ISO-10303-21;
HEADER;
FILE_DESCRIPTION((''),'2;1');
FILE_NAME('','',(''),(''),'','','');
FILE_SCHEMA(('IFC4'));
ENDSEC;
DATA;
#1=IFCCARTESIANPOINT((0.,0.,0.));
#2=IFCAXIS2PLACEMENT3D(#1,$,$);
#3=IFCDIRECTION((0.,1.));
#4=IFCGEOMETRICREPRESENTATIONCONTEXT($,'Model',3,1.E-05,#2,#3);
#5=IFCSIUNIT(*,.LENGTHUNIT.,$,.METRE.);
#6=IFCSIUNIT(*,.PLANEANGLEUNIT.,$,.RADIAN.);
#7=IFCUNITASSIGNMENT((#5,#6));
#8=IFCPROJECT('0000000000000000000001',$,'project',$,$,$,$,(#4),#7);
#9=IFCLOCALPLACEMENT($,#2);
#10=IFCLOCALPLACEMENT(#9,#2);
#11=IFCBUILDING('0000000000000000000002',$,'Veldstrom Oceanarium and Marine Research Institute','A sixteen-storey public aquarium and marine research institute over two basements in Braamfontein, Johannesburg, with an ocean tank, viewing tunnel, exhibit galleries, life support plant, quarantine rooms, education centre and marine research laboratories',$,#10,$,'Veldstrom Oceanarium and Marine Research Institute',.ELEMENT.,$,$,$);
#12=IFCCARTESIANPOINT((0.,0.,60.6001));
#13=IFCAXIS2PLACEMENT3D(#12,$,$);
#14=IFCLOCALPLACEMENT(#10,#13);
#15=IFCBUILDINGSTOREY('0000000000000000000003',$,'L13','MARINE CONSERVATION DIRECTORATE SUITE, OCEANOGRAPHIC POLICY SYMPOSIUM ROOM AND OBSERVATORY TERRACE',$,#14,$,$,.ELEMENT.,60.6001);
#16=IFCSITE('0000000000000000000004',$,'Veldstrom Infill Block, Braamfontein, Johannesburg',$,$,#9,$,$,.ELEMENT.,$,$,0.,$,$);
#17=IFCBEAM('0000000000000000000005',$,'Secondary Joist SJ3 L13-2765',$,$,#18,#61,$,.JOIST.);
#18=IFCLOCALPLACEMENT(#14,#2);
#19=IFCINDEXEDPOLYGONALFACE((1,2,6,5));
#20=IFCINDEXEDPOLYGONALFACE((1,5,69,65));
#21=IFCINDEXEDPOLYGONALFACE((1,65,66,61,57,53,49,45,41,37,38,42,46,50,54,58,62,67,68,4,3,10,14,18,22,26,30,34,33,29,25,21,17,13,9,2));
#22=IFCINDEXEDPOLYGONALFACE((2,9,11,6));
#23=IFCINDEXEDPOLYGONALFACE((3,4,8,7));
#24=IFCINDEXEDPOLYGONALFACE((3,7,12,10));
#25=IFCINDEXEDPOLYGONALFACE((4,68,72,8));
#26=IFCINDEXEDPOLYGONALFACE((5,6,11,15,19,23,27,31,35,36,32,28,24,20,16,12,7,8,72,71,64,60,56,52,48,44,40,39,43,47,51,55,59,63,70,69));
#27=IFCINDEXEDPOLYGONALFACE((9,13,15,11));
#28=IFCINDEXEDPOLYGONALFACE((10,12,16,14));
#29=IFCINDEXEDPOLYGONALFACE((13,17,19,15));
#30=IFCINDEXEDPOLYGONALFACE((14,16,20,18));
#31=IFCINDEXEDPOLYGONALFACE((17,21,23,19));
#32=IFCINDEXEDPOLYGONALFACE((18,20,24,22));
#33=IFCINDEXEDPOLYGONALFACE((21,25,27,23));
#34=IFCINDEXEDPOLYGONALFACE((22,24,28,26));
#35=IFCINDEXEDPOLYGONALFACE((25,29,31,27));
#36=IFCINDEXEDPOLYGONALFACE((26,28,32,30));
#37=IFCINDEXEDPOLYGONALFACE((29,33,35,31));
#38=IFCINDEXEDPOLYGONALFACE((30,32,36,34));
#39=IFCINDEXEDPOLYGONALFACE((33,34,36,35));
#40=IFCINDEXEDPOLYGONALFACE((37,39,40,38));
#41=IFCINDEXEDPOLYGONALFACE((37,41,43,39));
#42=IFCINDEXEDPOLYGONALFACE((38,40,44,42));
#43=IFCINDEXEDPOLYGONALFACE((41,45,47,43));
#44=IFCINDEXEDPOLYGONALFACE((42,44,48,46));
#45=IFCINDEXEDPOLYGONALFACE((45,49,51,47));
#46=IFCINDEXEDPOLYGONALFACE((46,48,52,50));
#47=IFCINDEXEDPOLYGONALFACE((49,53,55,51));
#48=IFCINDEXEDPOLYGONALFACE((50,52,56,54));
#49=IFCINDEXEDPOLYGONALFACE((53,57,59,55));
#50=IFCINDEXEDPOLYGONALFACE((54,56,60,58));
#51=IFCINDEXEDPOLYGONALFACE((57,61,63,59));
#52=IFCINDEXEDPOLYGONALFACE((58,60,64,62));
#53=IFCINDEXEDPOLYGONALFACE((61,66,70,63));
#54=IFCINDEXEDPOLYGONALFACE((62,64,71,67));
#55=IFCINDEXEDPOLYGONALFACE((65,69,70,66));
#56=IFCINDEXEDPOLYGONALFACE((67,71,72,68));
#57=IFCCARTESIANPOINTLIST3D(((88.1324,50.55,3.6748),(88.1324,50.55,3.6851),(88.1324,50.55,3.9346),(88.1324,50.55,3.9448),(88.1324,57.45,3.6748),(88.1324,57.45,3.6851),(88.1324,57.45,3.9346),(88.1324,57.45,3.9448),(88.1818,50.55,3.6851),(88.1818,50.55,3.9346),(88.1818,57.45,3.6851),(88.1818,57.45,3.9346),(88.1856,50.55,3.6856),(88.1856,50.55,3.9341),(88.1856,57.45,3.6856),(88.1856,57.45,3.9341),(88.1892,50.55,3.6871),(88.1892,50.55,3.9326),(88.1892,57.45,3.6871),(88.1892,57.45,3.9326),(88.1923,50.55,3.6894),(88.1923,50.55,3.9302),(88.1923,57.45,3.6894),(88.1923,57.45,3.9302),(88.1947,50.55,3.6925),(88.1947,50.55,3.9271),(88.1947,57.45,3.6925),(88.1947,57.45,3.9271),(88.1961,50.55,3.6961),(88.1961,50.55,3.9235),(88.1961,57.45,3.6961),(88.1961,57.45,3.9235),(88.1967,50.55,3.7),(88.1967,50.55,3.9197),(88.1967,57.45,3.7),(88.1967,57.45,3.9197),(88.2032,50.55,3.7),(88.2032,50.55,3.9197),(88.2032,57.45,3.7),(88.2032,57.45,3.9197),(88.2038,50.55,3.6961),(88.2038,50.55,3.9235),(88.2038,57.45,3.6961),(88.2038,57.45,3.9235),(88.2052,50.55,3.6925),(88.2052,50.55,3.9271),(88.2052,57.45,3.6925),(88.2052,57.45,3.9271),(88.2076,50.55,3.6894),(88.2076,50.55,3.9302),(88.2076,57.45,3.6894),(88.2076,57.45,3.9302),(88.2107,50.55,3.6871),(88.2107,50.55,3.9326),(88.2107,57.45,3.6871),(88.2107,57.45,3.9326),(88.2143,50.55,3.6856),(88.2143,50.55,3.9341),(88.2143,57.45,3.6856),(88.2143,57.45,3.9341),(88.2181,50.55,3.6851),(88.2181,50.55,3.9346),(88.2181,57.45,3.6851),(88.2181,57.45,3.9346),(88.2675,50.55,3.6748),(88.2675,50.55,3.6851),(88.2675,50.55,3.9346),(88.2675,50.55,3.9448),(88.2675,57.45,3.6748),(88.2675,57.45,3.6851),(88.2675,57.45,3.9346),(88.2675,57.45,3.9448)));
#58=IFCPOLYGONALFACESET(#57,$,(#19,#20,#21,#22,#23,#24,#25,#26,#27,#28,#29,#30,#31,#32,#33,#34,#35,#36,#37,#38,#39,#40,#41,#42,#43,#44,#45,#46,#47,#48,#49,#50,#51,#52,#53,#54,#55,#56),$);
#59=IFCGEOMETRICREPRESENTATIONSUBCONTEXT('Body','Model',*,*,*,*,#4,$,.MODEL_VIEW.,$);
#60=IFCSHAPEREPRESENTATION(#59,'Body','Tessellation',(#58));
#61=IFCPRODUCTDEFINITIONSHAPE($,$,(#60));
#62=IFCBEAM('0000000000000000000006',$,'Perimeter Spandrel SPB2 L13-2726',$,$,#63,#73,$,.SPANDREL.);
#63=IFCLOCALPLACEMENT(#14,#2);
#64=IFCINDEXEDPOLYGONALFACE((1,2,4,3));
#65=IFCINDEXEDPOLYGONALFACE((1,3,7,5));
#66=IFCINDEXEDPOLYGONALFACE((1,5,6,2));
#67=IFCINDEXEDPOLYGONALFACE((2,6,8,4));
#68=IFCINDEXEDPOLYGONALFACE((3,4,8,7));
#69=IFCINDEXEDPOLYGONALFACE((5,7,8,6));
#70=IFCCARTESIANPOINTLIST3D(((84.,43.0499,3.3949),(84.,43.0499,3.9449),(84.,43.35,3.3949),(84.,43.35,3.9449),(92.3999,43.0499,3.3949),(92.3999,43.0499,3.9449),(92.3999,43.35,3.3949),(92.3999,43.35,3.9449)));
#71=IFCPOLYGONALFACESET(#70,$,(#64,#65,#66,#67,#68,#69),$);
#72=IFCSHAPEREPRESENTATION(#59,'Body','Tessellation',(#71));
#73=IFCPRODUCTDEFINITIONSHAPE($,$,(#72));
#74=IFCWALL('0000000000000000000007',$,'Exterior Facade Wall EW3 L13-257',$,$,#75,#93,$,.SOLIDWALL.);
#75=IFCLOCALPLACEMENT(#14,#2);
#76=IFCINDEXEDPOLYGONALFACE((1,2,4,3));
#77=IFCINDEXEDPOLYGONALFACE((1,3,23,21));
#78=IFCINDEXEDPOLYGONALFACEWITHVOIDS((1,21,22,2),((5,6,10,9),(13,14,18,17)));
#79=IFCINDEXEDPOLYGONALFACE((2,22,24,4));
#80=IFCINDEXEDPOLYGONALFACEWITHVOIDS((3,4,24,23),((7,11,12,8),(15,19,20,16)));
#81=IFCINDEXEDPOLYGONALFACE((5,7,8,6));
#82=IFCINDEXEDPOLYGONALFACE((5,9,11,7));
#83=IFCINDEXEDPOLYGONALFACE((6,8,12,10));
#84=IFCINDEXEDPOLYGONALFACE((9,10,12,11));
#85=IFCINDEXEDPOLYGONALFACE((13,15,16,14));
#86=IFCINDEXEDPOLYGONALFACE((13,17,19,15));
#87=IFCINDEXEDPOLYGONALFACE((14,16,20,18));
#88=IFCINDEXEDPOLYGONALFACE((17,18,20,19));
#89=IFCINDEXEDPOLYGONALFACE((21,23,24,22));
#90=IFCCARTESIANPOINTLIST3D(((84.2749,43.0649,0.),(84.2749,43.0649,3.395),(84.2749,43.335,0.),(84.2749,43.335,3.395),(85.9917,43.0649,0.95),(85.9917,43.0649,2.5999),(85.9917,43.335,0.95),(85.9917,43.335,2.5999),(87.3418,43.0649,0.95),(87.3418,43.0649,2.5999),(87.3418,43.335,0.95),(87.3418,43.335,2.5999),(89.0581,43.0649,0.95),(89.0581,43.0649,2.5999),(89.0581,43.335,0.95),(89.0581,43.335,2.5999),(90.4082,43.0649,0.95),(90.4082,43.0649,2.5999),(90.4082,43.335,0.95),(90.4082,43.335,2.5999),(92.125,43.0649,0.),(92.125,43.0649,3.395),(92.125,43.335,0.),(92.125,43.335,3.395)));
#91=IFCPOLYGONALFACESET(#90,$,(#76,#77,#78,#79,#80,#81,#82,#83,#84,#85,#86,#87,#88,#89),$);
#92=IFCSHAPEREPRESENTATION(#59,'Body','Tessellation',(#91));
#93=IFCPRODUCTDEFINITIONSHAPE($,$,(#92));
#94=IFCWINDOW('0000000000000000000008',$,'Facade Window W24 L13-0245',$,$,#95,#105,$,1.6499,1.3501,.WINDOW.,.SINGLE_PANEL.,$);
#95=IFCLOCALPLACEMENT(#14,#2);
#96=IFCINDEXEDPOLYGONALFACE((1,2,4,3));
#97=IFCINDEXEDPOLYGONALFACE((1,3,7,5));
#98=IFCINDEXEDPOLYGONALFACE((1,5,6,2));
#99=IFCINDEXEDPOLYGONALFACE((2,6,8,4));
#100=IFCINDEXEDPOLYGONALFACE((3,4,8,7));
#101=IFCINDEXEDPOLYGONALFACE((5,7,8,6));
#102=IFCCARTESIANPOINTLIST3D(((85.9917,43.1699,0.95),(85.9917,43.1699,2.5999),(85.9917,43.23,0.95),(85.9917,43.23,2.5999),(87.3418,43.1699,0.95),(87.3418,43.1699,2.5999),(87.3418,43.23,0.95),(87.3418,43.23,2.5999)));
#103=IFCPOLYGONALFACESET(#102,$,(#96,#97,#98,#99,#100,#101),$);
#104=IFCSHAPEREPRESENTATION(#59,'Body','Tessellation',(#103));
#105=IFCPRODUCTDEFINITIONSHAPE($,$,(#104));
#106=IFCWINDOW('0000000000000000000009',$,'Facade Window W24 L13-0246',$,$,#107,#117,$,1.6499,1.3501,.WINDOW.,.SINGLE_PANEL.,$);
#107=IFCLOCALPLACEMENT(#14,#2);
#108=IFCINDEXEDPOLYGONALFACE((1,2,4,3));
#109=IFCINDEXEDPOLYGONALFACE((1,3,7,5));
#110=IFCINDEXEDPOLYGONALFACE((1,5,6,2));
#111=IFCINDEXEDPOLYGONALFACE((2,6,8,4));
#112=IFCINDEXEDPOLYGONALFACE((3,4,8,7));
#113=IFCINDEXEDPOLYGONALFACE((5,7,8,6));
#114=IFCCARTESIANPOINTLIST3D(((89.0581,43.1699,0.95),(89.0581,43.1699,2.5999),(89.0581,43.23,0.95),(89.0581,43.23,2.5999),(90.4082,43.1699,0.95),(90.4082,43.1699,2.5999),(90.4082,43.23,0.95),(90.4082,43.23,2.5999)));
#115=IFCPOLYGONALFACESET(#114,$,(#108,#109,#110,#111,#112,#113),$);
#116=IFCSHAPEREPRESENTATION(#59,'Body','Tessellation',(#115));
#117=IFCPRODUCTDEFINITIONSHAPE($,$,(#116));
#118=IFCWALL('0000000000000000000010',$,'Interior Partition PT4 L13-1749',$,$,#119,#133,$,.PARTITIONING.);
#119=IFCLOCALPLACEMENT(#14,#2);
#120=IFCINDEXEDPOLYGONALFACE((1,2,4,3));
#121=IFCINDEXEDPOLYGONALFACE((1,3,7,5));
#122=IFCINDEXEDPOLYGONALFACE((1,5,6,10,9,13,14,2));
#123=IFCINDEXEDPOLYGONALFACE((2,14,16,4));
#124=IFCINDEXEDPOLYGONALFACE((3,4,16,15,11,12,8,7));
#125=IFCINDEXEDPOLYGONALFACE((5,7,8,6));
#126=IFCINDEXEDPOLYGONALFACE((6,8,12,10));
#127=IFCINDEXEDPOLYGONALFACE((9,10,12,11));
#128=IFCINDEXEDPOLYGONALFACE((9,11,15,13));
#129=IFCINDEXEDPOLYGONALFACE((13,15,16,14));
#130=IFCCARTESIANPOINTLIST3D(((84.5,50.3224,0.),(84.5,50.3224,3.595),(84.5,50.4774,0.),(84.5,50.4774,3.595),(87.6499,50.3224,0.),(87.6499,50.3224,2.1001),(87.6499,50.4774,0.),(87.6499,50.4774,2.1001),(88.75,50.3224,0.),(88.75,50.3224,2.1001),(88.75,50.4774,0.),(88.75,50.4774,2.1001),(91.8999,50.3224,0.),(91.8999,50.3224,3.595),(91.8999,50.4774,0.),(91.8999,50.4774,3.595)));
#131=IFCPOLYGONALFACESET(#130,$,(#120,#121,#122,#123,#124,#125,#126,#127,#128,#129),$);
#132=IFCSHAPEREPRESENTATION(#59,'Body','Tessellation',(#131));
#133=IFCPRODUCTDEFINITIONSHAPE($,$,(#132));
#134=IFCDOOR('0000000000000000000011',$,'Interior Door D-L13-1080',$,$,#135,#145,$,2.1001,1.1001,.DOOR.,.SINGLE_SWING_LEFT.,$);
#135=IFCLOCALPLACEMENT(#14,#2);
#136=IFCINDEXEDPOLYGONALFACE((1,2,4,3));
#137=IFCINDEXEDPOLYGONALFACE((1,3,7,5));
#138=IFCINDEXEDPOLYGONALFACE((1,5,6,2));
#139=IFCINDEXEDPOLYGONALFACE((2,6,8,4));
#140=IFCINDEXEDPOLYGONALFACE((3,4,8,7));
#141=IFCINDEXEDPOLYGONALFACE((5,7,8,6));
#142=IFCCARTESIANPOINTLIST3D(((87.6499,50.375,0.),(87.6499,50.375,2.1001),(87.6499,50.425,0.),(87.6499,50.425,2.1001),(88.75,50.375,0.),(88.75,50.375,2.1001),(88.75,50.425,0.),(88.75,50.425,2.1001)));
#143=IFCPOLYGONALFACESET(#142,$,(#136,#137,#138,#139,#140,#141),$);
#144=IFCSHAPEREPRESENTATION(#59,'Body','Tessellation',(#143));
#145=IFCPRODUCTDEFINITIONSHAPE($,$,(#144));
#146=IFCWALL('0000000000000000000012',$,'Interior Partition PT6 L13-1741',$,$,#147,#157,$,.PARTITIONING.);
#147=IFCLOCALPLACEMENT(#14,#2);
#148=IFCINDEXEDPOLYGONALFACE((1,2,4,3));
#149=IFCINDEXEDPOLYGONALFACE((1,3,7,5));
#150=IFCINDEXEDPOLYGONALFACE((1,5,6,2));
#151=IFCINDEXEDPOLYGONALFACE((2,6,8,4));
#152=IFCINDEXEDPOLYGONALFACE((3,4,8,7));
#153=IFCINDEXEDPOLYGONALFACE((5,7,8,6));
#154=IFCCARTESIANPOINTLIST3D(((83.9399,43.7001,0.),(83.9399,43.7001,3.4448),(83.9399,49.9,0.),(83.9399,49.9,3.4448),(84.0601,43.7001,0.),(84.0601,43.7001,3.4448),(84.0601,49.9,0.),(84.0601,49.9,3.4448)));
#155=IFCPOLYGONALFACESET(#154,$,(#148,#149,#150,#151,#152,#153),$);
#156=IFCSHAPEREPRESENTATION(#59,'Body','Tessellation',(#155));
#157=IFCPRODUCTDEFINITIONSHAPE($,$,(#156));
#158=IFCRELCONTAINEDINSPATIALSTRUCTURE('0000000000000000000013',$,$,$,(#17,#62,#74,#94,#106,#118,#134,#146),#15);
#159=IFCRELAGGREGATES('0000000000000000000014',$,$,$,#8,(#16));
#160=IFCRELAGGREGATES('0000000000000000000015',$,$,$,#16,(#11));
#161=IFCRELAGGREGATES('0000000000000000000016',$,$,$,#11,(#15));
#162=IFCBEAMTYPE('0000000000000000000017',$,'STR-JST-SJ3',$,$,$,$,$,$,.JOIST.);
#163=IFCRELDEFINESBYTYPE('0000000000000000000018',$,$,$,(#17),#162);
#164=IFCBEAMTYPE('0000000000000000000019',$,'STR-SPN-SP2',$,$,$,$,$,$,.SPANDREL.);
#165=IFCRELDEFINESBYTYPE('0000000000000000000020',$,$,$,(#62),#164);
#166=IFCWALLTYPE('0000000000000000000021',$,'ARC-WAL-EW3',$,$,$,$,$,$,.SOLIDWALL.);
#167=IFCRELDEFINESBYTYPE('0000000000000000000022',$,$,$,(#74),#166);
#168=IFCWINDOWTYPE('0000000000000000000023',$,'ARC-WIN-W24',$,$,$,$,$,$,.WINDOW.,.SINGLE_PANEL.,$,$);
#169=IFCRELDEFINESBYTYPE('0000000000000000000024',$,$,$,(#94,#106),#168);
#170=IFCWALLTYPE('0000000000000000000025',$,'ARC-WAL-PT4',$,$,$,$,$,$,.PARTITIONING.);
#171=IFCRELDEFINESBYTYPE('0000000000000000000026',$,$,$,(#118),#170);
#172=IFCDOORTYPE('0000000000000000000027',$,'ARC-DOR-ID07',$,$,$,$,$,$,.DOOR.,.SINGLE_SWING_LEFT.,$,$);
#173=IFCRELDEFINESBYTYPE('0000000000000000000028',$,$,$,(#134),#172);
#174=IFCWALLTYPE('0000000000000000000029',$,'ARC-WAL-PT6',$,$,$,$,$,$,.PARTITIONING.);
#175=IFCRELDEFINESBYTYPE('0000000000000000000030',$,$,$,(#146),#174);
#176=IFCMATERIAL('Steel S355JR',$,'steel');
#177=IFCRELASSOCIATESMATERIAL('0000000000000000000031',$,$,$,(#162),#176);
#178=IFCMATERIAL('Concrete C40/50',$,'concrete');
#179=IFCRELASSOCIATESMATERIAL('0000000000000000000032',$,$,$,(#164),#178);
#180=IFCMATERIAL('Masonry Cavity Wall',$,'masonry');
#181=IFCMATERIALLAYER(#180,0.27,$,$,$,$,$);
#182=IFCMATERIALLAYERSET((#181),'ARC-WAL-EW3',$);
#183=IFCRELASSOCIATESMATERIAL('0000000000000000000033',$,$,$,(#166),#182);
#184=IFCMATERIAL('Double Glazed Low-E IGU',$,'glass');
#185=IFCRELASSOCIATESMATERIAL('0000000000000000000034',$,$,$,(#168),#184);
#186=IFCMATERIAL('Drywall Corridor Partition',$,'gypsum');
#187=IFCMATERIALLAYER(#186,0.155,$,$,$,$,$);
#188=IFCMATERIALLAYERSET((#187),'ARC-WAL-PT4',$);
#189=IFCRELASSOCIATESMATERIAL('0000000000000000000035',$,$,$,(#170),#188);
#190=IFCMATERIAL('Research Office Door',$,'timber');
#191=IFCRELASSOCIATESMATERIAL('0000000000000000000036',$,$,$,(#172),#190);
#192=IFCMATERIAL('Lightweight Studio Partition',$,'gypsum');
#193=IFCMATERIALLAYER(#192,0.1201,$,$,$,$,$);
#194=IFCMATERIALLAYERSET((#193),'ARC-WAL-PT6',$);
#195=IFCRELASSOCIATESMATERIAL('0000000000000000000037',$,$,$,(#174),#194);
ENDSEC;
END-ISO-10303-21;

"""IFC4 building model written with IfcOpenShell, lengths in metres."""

from ifc_helpers import new_model, si_unit, direction, frame, frame_2d, origin, origin_2d, place, context, subcontext, project, spatial, rectangle, i_section, extrude, material, layer, layer_set, material_profile, profile_set, type_object, element, fill, save


model = new_model("IFC4")

# Units and contexts
model_context = context("Model", 3, precision=1e-05, world=origin(), true_north=direction((0.0, 1.0)))
body_context = subcontext(model_context, "Body", "Model", "MODEL_VIEW")
ifc_project = project(units=[si_unit("LENGTHUNIT", "METRE"), si_unit("PLANEANGLEUNIT", "RADIAN")], contexts=[model_context])

# Site, building, storey
site_placement = place(None, origin())
site = spatial("IfcSite", under=ifc_project, at=site_placement, Name="Veldstrom Infill Block, Braamfontein, Johannesburg", CompositionType="ELEMENT", RefElevation=0.0)
building_placement = place(site_placement, origin())
building = spatial("IfcBuilding", under=site, at=building_placement, Name="Veldstrom Oceanarium and Marine Research Institute", Description="A sixteen-storey public aquarium and marine research institute over two basements in Braamfontein, Johannesburg, with an ocean tank, viewing tunnel, exhibit galleries, life support plant, quarantine rooms, education centre and marine research laboratories", LongName="Veldstrom Oceanarium and Marine Research Institute", CompositionType="ELEMENT")
storey_placement = place(building_placement, frame((0.0, 0.0, 60.6001)))
storey = spatial("IfcBuildingStorey", under=building, at=storey_placement, Name="L13", Description="MARINE CONSERVATION DIRECTORATE SUITE, OCEANOGRAPHIC POLICY SYMPOSIUM ROOM AND OBSERVATORY TERRACE", CompositionType="ELEMENT", Elevation=60.6001)

# Beams
ifc_material_1 = material(Name="Steel S355JR", Category="steel")
ifc_material_profile_1 = material_profile(ifc_material_1, i_section(OverallWidth=0.135, OverallDepth=0.27, WebThickness=0.0066, FlangeThickness=0.0103, FilletRadius=0.0149, at=origin_2d()), Name="IPE 270")
ifc_profile_set_1 = profile_set([ifc_material_profile_1], Name="Steel S355JR")
beam_type_1 = type_object("IfcBeamType", Name="STR-JST-SJ3", PredefinedType="JOIST", material=ifc_profile_set_1)
beam_1_placement = place(storey_placement, frame((88.2, 50.55, 3.8098), z_axis=(0.0, 1.0, 0.0), x_axis=(-1.0, 0.0, 0.0)))
element("IfcBeam", 1, at=beam_1_placement, inside=storey, type_object=beam_type_1, Name="Secondary Joist SJ3 L13-2765", PredefinedType="JOIST", context=body_context, shape_type="SweptSolid", body=[
    extrude(i_section(OverallWidth=0.135, OverallDepth=0.27, WebThickness=0.0066, FlangeThickness=0.0103, FilletRadius=0.0149, at=origin_2d()), origin(), (0.0, 0.0, 1.0), 6.8999),
])
ifc_material_2 = material(Name="Concrete C40/50", Category="concrete")
ifc_material_profile_2 = material_profile(ifc_material_2, rectangle(XDim=0.3, YDim=0.55, at=origin_2d()), Name="RC-SPN-300x550")
ifc_profile_set_2 = profile_set([ifc_material_profile_2], Name="Concrete C40/50")
beam_type_2 = type_object("IfcBeamType", Name="STR-SPN-SP2", PredefinedType="SPANDREL", material=ifc_profile_set_2)
beam_2_placement = place(storey_placement, frame((84.0, 43.2, 3.6699), z_axis=(1.0, 0.0, 0.0), x_axis=(0.0, 1.0, 0.0)))
element("IfcBeam", 2, at=beam_2_placement, inside=storey, type_object=beam_type_2, Name="Perimeter Spandrel SPB2 L13-2726", PredefinedType="SPANDREL", context=body_context, shape_type="SweptSolid", body=[
    extrude(rectangle(XDim=0.3, YDim=0.55, at=origin_2d()), origin(), (0.0, 0.0, 1.0), 8.3999),
])

# Wall, openings, windows
ifc_material_3 = material(Name="Masonry Cavity Wall", Category="masonry")
ifc_layer_1 = layer(ifc_material_3, 0.27)
ifc_layer_set_1 = layer_set([ifc_layer_1], Name="ARC-WAL-EW3")
wall_type_1 = type_object("IfcWallType", Name="ARC-WAL-EW3", PredefinedType="SOLIDWALL", material=ifc_layer_set_1)
wall_1_placement = place(storey_placement, frame((84.2749, 43.2, 0.0), z_axis=(0.0, 0.0, 1.0), x_axis=(1.0, 0.0, 0.0)))
wall_1 = element("IfcWall", 3, at=wall_1_placement, inside=storey, type_object=wall_type_1, Name="Exterior Facade Wall EW3 L13-257", PredefinedType="SOLIDWALL", context=body_context, shape_type="SweptSolid", body=[
    extrude(rectangle(XDim=7.8501, YDim=0.27, at=frame_2d((3.925, 0.0))), origin(), (0.0, 0.0, 1.0), 3.395),
])
opening_1_placement = place(wall_1_placement, frame((1.7168, 0.0, 0.95)))
opening_1 = element("IfcOpeningElement", 4, at=opening_1_placement, cuts=wall_1, PredefinedType="OPENING", context=body_context, shape_type="SweptSolid", body=[
    extrude(rectangle(XDim=1.3501, YDim=1.6499, at=frame_2d((0.675, 0.825))), frame((0.0, 0.145, 0.0), z_axis=(0.0, -1.0, 0.0), x_axis=(1.0, 0.0, 0.0)), (0.0, 0.0, 1.0), 0.29),
])
opening_2_placement = place(wall_1_placement, frame((4.7832, 0.0, 0.95)))
opening_2 = element("IfcOpeningElement", 5, at=opening_2_placement, cuts=wall_1, PredefinedType="OPENING", context=body_context, shape_type="SweptSolid", body=[
    extrude(rectangle(XDim=1.3501, YDim=1.6499, at=frame_2d((0.675, 0.825))), frame((0.0, 0.145, 0.0), z_axis=(0.0, -1.0, 0.0), x_axis=(1.0, 0.0, 0.0)), (0.0, 0.0, 1.0), 0.29),
])
ifc_material_4 = material(Name="Double Glazed Low-E IGU", Category="glass")
window_type = type_object("IfcWindowType", Name="ARC-WIN-W24", PartitioningType="SINGLE_PANEL", PredefinedType="WINDOW", material=ifc_material_4)
window_1_placement = place(opening_1_placement, origin())
window_1 = element("IfcWindow", 6, at=window_1_placement, inside=storey, type_object=window_type, Name="Facade Window W24 L13-0245", OverallHeight=1.6499, OverallWidth=1.3501, PartitioningType="SINGLE_PANEL", PredefinedType="WINDOW", context=body_context, shape_type="SweptSolid", body=[
    extrude(rectangle(XDim=1.3501, YDim=1.6499, at=frame_2d((0.675, 0.825))), frame((0.0, 0.03, 0.0), z_axis=(0.0, -1.0, 0.0), x_axis=(1.0, 0.0, 0.0)), (0.0, 0.0, 1.0), 0.0601),
])
fill(opening_1, window_1)
window_2_placement = place(opening_2_placement, origin())
window_2 = element("IfcWindow", 7, at=window_2_placement, inside=storey, type_object=window_type, Name="Facade Window W24 L13-0246", OverallHeight=1.6499, OverallWidth=1.3501, PartitioningType="SINGLE_PANEL", PredefinedType="WINDOW", context=body_context, shape_type="SweptSolid", body=[
    extrude(rectangle(XDim=1.3501, YDim=1.6499, at=frame_2d((0.675, 0.825))), frame((0.0, 0.03, 0.0), z_axis=(0.0, -1.0, 0.0), x_axis=(1.0, 0.0, 0.0)), (0.0, 0.0, 1.0), 0.0601),
])
fill(opening_2, window_2)

# Wall, opening, door
ifc_material_5 = material(Name="Drywall Corridor Partition", Category="gypsum")
ifc_layer_2 = layer(ifc_material_5, 0.155)
ifc_layer_set_2 = layer_set([ifc_layer_2], Name="ARC-WAL-PT4")
wall_type_2 = type_object("IfcWallType", Name="ARC-WAL-PT4", PredefinedType="PARTITIONING", material=ifc_layer_set_2)
wall_2_placement = place(storey_placement, frame((84.5, 50.3999, 0.0), z_axis=(0.0, 0.0, 1.0), x_axis=(1.0, 0.0, 0.0)))
wall_2 = element("IfcWall", 8, at=wall_2_placement, inside=storey, type_object=wall_type_2, Name="Interior Partition PT4 L13-1749", PredefinedType="PARTITIONING", context=body_context, shape_type="SweptSolid", body=[
    extrude(rectangle(XDim=7.3999, YDim=0.155, at=frame_2d((3.7, 0.0))), origin(), (0.0, 0.0, 1.0), 3.595),
])
opening_3_placement = place(wall_2_placement, frame((3.1499, 0.0, 0.0)))
opening_3 = element("IfcOpeningElement", 9, at=opening_3_placement, cuts=wall_2, PredefinedType="OPENING", context=body_context, shape_type="SweptSolid", body=[
    extrude(rectangle(XDim=1.1001, YDim=2.1001, at=frame_2d((0.55, 1.05))), frame((0.0, 0.0874, 0.0), z_axis=(0.0, -1.0, 0.0), x_axis=(1.0, 0.0, 0.0)), (0.0, 0.0, 1.0), 0.175),
])
ifc_material_6 = material(Name="Research Office Door", Category="timber")
door_type_1 = type_object("IfcDoorType", Name="ARC-DOR-ID07", OperationType="SINGLE_SWING_LEFT", PredefinedType="DOOR", material=ifc_material_6)
door_1_placement = place(opening_3_placement, frame((1.1001, 0.0, 0.0), z_axis=(0.0, 0.0, 1.0), x_axis=(-1.0, 0.0, 0.0)))
door_1 = element("IfcDoor", 10, at=door_1_placement, inside=storey, type_object=door_type_1, Name="Interior Door D-L13-1080", OperationType="SINGLE_SWING_LEFT", OverallHeight=2.1001, OverallWidth=1.1001, PredefinedType="DOOR", context=body_context, shape_type="SweptSolid", body=[
    extrude(rectangle(XDim=1.1001, YDim=2.1001, at=frame_2d((0.55, 1.05))), frame((0.0, 0.0249, 0.0), z_axis=(0.0, -1.0, 0.0), x_axis=(1.0, 0.0, 0.0)), (0.0, 0.0, 1.0), 0.05),
])
fill(opening_3, door_1)

# Wall
ifc_material_7 = material(Name="Lightweight Studio Partition", Category="gypsum")
ifc_layer_3 = layer(ifc_material_7, 0.1201)
ifc_layer_set_3 = layer_set([ifc_layer_3], Name="ARC-WAL-PT6")
wall_type_3 = type_object("IfcWallType", Name="ARC-WAL-PT6", PredefinedType="PARTITIONING", material=ifc_layer_set_3)
wall_3_placement = place(storey_placement, frame((84.0, 43.7, 0.0), z_axis=(0.0, 0.0, 1.0), x_axis=(0.0, 1.0, 0.0)))
element("IfcWall", 11, at=wall_3_placement, inside=storey, type_object=wall_type_3, Name="Interior Partition PT6 L13-1741", PredefinedType="PARTITIONING", context=body_context, shape_type="SweptSolid", body=[
    extrude(rectangle(XDim=6.2, YDim=0.1201, at=frame_2d((3.1001, 0.0))), origin(), (0.0, 0.0, 1.0), 3.4448),
])

save(model, "model.ifc")
